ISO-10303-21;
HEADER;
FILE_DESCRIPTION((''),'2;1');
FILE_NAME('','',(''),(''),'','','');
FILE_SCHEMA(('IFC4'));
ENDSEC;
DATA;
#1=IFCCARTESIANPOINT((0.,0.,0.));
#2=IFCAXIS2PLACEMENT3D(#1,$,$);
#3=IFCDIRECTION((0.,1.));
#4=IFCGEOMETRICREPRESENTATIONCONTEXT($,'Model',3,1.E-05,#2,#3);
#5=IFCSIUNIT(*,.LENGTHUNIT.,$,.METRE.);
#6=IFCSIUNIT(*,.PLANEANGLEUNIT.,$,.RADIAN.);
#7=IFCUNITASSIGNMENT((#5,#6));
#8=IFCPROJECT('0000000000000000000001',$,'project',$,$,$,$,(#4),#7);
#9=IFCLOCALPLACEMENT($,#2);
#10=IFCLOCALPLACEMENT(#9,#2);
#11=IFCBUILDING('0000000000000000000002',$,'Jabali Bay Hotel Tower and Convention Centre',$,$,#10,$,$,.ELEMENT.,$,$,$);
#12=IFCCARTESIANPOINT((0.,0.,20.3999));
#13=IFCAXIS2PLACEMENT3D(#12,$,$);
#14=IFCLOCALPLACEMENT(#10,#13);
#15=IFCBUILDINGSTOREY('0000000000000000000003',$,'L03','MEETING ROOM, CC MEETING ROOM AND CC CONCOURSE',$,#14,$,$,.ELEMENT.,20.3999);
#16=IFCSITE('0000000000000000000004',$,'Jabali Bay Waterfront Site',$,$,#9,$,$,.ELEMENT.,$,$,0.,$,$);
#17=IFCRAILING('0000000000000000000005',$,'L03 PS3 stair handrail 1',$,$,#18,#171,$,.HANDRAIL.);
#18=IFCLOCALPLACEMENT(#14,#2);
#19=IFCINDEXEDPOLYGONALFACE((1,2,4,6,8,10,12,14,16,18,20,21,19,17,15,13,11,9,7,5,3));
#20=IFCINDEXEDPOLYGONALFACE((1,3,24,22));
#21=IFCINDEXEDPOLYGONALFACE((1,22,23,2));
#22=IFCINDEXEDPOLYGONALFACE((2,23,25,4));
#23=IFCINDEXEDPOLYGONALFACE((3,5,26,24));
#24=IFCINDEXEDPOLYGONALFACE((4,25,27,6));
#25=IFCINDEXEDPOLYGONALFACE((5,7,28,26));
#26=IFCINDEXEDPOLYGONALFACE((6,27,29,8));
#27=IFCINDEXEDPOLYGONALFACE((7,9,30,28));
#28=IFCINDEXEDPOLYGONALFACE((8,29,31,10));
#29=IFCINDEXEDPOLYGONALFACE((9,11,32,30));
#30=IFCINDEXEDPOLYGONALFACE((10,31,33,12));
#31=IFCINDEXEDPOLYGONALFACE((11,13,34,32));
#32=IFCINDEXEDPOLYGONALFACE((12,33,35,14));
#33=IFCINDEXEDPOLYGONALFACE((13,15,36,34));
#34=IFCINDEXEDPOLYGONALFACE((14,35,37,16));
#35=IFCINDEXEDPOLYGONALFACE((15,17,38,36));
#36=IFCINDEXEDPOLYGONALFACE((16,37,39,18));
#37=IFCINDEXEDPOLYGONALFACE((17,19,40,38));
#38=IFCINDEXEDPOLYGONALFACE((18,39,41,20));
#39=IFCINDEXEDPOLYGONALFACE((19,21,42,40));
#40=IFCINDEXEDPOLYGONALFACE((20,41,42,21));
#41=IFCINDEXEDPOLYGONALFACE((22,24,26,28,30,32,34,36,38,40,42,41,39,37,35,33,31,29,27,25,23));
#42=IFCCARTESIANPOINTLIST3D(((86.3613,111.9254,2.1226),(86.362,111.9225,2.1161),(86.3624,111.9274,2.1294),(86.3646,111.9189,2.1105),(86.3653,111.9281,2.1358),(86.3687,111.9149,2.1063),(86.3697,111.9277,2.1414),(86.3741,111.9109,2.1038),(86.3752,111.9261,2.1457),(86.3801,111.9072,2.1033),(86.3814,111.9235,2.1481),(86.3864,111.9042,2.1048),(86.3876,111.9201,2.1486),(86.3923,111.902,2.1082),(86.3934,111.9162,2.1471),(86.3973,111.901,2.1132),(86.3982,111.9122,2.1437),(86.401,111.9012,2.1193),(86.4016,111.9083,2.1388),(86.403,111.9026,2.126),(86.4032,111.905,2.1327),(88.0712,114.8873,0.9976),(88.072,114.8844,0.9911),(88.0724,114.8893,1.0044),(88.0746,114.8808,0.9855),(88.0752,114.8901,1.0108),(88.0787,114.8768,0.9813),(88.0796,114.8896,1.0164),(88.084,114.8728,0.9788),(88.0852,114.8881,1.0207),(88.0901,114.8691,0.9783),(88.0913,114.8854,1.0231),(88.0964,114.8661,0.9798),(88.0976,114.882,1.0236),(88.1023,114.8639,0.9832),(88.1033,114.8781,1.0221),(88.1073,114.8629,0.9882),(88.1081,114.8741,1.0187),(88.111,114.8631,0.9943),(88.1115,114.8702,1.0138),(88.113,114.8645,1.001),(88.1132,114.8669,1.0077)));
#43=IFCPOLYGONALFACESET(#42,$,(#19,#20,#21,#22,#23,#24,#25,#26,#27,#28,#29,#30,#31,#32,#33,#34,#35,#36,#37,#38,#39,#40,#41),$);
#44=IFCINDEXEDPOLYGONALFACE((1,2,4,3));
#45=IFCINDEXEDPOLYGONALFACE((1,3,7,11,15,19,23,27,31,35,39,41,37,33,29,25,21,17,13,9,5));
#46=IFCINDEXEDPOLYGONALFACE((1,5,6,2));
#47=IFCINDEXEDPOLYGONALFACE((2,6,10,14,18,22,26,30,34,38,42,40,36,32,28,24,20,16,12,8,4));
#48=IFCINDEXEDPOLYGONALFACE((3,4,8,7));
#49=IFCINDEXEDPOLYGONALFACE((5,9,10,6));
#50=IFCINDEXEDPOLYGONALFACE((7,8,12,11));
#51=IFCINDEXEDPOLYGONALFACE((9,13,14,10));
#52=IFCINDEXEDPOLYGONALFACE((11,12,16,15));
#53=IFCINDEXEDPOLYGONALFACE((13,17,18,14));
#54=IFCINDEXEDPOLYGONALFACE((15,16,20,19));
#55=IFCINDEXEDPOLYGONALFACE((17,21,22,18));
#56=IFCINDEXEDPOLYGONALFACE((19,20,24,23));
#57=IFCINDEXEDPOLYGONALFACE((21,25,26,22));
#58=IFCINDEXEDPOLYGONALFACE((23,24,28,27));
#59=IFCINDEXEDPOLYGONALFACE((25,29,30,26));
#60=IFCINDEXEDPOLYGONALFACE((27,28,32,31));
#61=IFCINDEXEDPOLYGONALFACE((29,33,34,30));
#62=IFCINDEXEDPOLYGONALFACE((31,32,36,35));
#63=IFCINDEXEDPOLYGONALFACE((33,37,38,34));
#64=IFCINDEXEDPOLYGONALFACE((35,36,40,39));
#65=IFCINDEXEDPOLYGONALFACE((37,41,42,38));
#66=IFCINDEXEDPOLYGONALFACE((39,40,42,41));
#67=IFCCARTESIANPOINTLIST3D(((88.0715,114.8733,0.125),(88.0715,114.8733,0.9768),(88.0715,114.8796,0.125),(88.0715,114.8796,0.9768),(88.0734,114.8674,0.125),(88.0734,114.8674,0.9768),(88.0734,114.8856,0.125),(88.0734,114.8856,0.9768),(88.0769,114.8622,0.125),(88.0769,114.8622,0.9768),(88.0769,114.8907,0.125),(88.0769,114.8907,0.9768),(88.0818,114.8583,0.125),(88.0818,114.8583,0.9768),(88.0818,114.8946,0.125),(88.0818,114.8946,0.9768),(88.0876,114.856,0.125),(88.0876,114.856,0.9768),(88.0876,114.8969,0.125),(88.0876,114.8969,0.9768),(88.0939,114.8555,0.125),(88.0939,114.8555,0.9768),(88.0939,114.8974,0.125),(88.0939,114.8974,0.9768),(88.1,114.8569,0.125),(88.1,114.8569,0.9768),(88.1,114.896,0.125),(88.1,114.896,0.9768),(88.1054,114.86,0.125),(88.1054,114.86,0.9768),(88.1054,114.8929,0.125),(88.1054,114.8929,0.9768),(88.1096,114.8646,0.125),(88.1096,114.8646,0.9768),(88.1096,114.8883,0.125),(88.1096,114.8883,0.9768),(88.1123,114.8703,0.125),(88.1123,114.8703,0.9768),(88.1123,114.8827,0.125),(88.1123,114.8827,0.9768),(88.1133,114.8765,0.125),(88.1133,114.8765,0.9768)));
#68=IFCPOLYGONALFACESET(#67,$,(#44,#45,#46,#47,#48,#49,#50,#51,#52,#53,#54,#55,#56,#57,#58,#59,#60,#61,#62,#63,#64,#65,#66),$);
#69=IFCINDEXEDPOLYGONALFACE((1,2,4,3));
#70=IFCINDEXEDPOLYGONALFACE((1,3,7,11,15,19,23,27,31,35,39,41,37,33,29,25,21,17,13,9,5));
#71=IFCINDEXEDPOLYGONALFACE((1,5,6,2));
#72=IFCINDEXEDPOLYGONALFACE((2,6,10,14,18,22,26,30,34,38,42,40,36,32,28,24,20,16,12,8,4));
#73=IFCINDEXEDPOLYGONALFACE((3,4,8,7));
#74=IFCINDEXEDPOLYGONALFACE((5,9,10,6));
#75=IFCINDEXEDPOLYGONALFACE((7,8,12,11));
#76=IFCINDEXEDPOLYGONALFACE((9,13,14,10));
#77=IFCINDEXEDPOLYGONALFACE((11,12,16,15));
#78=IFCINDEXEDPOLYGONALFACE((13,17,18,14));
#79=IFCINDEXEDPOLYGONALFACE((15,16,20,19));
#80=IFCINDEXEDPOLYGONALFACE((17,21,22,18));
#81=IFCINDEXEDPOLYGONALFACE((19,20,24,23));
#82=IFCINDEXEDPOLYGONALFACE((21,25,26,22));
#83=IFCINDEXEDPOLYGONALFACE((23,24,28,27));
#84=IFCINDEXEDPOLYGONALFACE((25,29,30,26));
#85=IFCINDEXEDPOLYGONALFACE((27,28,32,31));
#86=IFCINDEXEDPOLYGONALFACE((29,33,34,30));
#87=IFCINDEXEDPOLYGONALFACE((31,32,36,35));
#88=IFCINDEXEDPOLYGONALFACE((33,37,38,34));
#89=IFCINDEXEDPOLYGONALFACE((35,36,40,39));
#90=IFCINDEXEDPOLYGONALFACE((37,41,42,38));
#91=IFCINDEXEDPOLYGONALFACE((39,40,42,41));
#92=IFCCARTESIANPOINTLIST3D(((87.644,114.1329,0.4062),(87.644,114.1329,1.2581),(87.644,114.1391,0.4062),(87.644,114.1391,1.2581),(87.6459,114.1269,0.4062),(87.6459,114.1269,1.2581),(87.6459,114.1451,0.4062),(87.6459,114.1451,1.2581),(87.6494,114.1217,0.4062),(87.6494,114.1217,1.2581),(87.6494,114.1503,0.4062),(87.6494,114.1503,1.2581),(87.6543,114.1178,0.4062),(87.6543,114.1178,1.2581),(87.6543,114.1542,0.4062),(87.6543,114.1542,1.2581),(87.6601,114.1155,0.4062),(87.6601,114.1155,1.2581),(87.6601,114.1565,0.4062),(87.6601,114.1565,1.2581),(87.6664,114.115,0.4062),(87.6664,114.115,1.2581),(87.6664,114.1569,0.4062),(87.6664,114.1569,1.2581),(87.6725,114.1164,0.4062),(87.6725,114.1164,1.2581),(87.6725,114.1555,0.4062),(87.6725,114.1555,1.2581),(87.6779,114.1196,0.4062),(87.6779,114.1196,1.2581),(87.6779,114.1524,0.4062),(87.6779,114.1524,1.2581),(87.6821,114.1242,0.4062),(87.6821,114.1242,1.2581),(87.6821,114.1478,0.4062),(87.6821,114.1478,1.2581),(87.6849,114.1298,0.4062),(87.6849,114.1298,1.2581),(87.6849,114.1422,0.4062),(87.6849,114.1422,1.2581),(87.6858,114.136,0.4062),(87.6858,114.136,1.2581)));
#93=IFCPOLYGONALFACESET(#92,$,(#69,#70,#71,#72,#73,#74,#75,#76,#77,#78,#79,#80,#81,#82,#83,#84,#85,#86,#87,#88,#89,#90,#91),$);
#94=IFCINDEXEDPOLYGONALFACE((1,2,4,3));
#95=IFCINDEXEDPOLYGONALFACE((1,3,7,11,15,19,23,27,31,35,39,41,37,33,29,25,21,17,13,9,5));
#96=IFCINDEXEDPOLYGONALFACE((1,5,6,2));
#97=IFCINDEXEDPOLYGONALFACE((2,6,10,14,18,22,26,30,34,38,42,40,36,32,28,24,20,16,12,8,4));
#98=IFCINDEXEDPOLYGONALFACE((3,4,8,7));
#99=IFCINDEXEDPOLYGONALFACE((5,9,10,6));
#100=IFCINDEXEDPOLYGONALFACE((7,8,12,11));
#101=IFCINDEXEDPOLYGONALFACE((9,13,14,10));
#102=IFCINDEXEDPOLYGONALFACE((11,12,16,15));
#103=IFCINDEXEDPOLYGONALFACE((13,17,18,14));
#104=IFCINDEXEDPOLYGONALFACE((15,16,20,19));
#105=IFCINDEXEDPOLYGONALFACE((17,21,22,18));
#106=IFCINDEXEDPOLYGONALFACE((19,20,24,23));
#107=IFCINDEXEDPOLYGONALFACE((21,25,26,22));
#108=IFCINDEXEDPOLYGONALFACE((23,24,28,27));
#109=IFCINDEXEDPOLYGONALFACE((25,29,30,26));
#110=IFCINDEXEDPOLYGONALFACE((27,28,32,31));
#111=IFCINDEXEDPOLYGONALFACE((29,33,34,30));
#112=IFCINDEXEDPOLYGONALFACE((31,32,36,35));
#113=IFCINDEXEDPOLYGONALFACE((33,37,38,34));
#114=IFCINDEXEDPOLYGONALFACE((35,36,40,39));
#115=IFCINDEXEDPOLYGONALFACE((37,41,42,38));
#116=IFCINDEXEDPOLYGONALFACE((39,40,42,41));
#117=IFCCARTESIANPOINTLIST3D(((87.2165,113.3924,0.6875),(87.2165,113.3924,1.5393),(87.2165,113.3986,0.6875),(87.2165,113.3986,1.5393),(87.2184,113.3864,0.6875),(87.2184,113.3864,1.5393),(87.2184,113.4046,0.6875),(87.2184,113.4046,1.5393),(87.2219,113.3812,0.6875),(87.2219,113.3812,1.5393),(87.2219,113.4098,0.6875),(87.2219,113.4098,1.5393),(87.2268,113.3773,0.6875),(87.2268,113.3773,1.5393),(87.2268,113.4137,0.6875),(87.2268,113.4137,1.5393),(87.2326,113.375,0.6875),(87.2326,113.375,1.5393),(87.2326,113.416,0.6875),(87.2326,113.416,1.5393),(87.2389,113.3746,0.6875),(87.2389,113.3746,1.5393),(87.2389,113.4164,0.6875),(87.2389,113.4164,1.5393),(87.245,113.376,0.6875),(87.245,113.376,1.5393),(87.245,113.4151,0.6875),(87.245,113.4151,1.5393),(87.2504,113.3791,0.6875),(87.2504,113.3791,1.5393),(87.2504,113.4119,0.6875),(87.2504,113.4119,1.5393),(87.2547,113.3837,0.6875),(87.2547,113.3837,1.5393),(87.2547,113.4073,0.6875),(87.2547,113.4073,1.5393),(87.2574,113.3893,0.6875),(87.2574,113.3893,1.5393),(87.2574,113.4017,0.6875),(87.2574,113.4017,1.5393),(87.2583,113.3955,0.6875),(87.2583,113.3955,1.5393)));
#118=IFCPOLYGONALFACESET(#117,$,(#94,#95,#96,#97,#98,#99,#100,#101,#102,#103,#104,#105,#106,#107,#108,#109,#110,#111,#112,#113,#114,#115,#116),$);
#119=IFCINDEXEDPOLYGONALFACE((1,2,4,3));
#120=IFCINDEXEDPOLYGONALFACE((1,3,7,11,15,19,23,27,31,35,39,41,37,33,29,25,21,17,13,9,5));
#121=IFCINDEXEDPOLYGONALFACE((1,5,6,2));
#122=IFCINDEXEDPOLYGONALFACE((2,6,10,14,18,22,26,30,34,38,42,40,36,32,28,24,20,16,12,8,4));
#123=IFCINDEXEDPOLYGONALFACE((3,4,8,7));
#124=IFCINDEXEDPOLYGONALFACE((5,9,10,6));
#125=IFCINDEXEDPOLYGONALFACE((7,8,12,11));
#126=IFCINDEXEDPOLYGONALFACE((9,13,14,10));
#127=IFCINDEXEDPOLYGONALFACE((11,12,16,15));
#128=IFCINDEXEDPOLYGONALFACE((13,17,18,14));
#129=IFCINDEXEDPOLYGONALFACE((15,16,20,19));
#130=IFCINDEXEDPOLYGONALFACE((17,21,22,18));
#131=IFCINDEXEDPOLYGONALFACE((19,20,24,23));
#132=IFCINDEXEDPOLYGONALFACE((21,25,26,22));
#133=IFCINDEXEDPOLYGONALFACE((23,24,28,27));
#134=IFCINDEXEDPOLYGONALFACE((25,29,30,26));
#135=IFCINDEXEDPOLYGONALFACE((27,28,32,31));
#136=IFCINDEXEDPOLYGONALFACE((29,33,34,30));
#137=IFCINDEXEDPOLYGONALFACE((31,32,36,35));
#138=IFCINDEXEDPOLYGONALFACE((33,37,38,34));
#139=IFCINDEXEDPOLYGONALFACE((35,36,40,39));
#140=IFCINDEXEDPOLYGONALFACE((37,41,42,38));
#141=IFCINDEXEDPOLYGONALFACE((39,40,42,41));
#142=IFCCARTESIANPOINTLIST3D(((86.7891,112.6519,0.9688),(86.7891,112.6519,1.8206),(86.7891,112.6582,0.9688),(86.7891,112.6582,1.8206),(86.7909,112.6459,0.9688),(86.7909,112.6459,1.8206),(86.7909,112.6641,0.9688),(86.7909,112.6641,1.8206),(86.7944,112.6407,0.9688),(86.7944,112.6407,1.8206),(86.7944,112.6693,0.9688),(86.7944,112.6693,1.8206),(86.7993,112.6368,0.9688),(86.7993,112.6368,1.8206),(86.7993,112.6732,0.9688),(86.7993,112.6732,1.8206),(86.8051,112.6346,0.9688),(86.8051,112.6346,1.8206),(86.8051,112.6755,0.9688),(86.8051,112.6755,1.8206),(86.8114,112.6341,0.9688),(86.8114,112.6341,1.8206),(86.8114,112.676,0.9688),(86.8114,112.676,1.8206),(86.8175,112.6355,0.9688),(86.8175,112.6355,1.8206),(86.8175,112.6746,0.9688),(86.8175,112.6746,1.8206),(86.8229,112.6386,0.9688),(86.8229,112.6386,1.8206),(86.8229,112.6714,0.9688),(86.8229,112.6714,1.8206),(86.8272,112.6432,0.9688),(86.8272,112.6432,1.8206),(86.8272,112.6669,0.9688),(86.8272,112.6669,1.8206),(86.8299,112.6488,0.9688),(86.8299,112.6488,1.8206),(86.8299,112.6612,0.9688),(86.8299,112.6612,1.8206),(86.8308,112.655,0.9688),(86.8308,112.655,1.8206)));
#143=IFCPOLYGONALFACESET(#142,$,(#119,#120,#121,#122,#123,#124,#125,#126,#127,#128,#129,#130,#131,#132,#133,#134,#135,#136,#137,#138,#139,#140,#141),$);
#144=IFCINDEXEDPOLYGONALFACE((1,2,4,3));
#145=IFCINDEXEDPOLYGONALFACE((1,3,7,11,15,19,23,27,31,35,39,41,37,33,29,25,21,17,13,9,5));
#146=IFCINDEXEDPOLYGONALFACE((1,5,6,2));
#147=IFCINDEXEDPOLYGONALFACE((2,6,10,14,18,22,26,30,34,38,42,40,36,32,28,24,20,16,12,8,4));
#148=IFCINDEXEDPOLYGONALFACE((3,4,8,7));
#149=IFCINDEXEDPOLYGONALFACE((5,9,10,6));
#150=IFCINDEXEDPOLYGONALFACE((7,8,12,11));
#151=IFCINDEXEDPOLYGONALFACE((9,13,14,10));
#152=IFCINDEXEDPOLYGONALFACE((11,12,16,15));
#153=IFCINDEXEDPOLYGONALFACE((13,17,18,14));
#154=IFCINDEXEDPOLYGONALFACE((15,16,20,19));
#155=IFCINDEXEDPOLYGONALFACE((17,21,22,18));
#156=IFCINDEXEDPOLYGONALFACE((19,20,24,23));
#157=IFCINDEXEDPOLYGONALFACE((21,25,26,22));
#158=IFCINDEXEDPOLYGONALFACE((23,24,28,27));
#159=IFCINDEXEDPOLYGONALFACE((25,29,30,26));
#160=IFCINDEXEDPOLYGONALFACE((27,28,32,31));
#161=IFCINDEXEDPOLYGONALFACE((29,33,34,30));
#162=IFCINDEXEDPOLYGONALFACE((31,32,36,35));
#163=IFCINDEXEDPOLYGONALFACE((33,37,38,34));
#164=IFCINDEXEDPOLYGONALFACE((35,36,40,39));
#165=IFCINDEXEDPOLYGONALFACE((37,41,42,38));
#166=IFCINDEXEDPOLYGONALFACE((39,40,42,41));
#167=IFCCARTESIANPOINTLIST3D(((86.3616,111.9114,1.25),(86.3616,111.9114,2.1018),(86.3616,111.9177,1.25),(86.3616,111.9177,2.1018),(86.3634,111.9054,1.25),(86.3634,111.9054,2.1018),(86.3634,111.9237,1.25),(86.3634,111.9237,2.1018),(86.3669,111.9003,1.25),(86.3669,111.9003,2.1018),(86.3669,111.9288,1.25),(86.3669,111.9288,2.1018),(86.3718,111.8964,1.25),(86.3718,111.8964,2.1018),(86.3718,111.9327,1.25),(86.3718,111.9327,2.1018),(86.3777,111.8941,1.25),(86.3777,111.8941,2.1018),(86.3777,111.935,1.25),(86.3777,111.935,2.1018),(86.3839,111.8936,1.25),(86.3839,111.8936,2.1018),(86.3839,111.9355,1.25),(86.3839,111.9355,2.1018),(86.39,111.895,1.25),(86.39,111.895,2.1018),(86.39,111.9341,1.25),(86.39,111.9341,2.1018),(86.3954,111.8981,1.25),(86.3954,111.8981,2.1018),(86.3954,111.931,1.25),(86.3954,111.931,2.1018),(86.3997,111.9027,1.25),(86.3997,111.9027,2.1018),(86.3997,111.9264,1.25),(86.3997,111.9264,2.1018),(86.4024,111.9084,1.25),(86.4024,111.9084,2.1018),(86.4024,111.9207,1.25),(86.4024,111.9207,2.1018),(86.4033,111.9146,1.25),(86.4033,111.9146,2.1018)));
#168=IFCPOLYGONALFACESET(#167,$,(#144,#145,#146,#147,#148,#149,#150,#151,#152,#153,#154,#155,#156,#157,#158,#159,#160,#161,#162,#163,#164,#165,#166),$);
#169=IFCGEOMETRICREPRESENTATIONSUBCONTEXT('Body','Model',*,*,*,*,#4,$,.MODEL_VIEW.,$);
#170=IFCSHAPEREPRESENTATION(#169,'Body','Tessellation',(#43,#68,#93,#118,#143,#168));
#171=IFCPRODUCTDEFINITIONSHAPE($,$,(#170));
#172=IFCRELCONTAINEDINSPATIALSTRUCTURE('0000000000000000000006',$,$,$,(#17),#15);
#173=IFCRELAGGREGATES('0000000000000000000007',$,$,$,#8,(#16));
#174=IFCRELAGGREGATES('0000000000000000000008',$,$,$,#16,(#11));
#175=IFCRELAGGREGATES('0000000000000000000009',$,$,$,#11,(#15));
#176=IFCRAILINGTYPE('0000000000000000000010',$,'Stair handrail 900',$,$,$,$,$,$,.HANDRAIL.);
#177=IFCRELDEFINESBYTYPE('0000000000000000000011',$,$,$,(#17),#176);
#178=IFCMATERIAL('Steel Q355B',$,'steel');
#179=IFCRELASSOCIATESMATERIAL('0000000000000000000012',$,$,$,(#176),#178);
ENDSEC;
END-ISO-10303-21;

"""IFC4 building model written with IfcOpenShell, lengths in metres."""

from ifc_helpers import new_model, si_unit, direction, frame, origin, origin_2d, place, context, subcontext, project, spatial, circle, extrude, material, type_object, element, save


model = new_model("IFC4")

# Units and contexts
model_context = context("Model", 3, precision=1e-05, world=origin(), true_north=direction((0.0, 1.0)))
body_context = subcontext(model_context, "Body", "Model", "MODEL_VIEW")
ifc_project = project(units=[si_unit("LENGTHUNIT", "METRE"), si_unit("PLANEANGLEUNIT", "RADIAN")], contexts=[model_context])

# Site, building, storey
site_placement = place(None, origin())
site = spatial("IfcSite", under=ifc_project, at=site_placement, Name="Jabali Bay Waterfront Site", CompositionType="ELEMENT", RefElevation=0.0)
building_placement = place(site_placement, origin())
building = spatial("IfcBuilding", under=site, at=building_placement, Name="Jabali Bay Hotel Tower and Convention Centre", CompositionType="ELEMENT")
storey_placement = place(building_placement, frame((0.0, 0.0, 20.3999)))
storey = spatial("IfcBuildingStorey", under=building, at=storey_placement, Name="L03", Description="MEETING ROOM, CC MEETING ROOM AND CC CONCOURSE", CompositionType="ELEMENT", Elevation=20.3999)

# Railing
ifc_material_1 = material(Name="Steel Q355B", Category="steel")
railing_type_1 = type_object("IfcRailingType", Name="Stair handrail 900", PredefinedType="HANDRAIL", material=ifc_material_1)
for number, where, name in (
    (1, (88.0923, 114.8765, 0.125), "L03 PS3 stair handrail 1"),
):
    element("IfcRailing", number, at=place(storey_placement, frame(where)), inside=storey, type_object=railing_type_1, Name=name, PredefinedType="HANDRAIL", context=body_context, shape_type="SweptSolid", body=[
        extrude(circle(Radius=0.0239, at=origin_2d()), frame((0.0, 0.0, 0.876), z_axis=(-0.474943, -0.822674, 0.31247), x_axis=(0.866038, -0.499978, 0.0)), (0.0, 0.0, 1.0), 3.6003),
        extrude(circle(Radius=0.021, at=origin_2d()), origin(), (0.0, 0.0, 1.0), 0.8518),
        extrude(circle(Radius=0.021, at=origin_2d()), frame((-0.4275, -0.7405, 0.2812)), (0.0, 0.0, 1.0), 0.8518),
        extrude(circle(Radius=0.021, at=origin_2d()), frame((-0.855, -1.481, 0.5625)), (0.0, 0.0, 1.0), 0.8518),
        extrude(circle(Radius=0.021, at=origin_2d()), frame((-1.2825, -2.2214, 0.8438)), (0.0, 0.0, 1.0), 0.8518),
        extrude(circle(Radius=0.021, at=origin_2d()), frame((-1.71, -2.9619, 1.125)), (0.0, 0.0, 1.0), 0.8518),
    ])

save(model, "model.ifc")
